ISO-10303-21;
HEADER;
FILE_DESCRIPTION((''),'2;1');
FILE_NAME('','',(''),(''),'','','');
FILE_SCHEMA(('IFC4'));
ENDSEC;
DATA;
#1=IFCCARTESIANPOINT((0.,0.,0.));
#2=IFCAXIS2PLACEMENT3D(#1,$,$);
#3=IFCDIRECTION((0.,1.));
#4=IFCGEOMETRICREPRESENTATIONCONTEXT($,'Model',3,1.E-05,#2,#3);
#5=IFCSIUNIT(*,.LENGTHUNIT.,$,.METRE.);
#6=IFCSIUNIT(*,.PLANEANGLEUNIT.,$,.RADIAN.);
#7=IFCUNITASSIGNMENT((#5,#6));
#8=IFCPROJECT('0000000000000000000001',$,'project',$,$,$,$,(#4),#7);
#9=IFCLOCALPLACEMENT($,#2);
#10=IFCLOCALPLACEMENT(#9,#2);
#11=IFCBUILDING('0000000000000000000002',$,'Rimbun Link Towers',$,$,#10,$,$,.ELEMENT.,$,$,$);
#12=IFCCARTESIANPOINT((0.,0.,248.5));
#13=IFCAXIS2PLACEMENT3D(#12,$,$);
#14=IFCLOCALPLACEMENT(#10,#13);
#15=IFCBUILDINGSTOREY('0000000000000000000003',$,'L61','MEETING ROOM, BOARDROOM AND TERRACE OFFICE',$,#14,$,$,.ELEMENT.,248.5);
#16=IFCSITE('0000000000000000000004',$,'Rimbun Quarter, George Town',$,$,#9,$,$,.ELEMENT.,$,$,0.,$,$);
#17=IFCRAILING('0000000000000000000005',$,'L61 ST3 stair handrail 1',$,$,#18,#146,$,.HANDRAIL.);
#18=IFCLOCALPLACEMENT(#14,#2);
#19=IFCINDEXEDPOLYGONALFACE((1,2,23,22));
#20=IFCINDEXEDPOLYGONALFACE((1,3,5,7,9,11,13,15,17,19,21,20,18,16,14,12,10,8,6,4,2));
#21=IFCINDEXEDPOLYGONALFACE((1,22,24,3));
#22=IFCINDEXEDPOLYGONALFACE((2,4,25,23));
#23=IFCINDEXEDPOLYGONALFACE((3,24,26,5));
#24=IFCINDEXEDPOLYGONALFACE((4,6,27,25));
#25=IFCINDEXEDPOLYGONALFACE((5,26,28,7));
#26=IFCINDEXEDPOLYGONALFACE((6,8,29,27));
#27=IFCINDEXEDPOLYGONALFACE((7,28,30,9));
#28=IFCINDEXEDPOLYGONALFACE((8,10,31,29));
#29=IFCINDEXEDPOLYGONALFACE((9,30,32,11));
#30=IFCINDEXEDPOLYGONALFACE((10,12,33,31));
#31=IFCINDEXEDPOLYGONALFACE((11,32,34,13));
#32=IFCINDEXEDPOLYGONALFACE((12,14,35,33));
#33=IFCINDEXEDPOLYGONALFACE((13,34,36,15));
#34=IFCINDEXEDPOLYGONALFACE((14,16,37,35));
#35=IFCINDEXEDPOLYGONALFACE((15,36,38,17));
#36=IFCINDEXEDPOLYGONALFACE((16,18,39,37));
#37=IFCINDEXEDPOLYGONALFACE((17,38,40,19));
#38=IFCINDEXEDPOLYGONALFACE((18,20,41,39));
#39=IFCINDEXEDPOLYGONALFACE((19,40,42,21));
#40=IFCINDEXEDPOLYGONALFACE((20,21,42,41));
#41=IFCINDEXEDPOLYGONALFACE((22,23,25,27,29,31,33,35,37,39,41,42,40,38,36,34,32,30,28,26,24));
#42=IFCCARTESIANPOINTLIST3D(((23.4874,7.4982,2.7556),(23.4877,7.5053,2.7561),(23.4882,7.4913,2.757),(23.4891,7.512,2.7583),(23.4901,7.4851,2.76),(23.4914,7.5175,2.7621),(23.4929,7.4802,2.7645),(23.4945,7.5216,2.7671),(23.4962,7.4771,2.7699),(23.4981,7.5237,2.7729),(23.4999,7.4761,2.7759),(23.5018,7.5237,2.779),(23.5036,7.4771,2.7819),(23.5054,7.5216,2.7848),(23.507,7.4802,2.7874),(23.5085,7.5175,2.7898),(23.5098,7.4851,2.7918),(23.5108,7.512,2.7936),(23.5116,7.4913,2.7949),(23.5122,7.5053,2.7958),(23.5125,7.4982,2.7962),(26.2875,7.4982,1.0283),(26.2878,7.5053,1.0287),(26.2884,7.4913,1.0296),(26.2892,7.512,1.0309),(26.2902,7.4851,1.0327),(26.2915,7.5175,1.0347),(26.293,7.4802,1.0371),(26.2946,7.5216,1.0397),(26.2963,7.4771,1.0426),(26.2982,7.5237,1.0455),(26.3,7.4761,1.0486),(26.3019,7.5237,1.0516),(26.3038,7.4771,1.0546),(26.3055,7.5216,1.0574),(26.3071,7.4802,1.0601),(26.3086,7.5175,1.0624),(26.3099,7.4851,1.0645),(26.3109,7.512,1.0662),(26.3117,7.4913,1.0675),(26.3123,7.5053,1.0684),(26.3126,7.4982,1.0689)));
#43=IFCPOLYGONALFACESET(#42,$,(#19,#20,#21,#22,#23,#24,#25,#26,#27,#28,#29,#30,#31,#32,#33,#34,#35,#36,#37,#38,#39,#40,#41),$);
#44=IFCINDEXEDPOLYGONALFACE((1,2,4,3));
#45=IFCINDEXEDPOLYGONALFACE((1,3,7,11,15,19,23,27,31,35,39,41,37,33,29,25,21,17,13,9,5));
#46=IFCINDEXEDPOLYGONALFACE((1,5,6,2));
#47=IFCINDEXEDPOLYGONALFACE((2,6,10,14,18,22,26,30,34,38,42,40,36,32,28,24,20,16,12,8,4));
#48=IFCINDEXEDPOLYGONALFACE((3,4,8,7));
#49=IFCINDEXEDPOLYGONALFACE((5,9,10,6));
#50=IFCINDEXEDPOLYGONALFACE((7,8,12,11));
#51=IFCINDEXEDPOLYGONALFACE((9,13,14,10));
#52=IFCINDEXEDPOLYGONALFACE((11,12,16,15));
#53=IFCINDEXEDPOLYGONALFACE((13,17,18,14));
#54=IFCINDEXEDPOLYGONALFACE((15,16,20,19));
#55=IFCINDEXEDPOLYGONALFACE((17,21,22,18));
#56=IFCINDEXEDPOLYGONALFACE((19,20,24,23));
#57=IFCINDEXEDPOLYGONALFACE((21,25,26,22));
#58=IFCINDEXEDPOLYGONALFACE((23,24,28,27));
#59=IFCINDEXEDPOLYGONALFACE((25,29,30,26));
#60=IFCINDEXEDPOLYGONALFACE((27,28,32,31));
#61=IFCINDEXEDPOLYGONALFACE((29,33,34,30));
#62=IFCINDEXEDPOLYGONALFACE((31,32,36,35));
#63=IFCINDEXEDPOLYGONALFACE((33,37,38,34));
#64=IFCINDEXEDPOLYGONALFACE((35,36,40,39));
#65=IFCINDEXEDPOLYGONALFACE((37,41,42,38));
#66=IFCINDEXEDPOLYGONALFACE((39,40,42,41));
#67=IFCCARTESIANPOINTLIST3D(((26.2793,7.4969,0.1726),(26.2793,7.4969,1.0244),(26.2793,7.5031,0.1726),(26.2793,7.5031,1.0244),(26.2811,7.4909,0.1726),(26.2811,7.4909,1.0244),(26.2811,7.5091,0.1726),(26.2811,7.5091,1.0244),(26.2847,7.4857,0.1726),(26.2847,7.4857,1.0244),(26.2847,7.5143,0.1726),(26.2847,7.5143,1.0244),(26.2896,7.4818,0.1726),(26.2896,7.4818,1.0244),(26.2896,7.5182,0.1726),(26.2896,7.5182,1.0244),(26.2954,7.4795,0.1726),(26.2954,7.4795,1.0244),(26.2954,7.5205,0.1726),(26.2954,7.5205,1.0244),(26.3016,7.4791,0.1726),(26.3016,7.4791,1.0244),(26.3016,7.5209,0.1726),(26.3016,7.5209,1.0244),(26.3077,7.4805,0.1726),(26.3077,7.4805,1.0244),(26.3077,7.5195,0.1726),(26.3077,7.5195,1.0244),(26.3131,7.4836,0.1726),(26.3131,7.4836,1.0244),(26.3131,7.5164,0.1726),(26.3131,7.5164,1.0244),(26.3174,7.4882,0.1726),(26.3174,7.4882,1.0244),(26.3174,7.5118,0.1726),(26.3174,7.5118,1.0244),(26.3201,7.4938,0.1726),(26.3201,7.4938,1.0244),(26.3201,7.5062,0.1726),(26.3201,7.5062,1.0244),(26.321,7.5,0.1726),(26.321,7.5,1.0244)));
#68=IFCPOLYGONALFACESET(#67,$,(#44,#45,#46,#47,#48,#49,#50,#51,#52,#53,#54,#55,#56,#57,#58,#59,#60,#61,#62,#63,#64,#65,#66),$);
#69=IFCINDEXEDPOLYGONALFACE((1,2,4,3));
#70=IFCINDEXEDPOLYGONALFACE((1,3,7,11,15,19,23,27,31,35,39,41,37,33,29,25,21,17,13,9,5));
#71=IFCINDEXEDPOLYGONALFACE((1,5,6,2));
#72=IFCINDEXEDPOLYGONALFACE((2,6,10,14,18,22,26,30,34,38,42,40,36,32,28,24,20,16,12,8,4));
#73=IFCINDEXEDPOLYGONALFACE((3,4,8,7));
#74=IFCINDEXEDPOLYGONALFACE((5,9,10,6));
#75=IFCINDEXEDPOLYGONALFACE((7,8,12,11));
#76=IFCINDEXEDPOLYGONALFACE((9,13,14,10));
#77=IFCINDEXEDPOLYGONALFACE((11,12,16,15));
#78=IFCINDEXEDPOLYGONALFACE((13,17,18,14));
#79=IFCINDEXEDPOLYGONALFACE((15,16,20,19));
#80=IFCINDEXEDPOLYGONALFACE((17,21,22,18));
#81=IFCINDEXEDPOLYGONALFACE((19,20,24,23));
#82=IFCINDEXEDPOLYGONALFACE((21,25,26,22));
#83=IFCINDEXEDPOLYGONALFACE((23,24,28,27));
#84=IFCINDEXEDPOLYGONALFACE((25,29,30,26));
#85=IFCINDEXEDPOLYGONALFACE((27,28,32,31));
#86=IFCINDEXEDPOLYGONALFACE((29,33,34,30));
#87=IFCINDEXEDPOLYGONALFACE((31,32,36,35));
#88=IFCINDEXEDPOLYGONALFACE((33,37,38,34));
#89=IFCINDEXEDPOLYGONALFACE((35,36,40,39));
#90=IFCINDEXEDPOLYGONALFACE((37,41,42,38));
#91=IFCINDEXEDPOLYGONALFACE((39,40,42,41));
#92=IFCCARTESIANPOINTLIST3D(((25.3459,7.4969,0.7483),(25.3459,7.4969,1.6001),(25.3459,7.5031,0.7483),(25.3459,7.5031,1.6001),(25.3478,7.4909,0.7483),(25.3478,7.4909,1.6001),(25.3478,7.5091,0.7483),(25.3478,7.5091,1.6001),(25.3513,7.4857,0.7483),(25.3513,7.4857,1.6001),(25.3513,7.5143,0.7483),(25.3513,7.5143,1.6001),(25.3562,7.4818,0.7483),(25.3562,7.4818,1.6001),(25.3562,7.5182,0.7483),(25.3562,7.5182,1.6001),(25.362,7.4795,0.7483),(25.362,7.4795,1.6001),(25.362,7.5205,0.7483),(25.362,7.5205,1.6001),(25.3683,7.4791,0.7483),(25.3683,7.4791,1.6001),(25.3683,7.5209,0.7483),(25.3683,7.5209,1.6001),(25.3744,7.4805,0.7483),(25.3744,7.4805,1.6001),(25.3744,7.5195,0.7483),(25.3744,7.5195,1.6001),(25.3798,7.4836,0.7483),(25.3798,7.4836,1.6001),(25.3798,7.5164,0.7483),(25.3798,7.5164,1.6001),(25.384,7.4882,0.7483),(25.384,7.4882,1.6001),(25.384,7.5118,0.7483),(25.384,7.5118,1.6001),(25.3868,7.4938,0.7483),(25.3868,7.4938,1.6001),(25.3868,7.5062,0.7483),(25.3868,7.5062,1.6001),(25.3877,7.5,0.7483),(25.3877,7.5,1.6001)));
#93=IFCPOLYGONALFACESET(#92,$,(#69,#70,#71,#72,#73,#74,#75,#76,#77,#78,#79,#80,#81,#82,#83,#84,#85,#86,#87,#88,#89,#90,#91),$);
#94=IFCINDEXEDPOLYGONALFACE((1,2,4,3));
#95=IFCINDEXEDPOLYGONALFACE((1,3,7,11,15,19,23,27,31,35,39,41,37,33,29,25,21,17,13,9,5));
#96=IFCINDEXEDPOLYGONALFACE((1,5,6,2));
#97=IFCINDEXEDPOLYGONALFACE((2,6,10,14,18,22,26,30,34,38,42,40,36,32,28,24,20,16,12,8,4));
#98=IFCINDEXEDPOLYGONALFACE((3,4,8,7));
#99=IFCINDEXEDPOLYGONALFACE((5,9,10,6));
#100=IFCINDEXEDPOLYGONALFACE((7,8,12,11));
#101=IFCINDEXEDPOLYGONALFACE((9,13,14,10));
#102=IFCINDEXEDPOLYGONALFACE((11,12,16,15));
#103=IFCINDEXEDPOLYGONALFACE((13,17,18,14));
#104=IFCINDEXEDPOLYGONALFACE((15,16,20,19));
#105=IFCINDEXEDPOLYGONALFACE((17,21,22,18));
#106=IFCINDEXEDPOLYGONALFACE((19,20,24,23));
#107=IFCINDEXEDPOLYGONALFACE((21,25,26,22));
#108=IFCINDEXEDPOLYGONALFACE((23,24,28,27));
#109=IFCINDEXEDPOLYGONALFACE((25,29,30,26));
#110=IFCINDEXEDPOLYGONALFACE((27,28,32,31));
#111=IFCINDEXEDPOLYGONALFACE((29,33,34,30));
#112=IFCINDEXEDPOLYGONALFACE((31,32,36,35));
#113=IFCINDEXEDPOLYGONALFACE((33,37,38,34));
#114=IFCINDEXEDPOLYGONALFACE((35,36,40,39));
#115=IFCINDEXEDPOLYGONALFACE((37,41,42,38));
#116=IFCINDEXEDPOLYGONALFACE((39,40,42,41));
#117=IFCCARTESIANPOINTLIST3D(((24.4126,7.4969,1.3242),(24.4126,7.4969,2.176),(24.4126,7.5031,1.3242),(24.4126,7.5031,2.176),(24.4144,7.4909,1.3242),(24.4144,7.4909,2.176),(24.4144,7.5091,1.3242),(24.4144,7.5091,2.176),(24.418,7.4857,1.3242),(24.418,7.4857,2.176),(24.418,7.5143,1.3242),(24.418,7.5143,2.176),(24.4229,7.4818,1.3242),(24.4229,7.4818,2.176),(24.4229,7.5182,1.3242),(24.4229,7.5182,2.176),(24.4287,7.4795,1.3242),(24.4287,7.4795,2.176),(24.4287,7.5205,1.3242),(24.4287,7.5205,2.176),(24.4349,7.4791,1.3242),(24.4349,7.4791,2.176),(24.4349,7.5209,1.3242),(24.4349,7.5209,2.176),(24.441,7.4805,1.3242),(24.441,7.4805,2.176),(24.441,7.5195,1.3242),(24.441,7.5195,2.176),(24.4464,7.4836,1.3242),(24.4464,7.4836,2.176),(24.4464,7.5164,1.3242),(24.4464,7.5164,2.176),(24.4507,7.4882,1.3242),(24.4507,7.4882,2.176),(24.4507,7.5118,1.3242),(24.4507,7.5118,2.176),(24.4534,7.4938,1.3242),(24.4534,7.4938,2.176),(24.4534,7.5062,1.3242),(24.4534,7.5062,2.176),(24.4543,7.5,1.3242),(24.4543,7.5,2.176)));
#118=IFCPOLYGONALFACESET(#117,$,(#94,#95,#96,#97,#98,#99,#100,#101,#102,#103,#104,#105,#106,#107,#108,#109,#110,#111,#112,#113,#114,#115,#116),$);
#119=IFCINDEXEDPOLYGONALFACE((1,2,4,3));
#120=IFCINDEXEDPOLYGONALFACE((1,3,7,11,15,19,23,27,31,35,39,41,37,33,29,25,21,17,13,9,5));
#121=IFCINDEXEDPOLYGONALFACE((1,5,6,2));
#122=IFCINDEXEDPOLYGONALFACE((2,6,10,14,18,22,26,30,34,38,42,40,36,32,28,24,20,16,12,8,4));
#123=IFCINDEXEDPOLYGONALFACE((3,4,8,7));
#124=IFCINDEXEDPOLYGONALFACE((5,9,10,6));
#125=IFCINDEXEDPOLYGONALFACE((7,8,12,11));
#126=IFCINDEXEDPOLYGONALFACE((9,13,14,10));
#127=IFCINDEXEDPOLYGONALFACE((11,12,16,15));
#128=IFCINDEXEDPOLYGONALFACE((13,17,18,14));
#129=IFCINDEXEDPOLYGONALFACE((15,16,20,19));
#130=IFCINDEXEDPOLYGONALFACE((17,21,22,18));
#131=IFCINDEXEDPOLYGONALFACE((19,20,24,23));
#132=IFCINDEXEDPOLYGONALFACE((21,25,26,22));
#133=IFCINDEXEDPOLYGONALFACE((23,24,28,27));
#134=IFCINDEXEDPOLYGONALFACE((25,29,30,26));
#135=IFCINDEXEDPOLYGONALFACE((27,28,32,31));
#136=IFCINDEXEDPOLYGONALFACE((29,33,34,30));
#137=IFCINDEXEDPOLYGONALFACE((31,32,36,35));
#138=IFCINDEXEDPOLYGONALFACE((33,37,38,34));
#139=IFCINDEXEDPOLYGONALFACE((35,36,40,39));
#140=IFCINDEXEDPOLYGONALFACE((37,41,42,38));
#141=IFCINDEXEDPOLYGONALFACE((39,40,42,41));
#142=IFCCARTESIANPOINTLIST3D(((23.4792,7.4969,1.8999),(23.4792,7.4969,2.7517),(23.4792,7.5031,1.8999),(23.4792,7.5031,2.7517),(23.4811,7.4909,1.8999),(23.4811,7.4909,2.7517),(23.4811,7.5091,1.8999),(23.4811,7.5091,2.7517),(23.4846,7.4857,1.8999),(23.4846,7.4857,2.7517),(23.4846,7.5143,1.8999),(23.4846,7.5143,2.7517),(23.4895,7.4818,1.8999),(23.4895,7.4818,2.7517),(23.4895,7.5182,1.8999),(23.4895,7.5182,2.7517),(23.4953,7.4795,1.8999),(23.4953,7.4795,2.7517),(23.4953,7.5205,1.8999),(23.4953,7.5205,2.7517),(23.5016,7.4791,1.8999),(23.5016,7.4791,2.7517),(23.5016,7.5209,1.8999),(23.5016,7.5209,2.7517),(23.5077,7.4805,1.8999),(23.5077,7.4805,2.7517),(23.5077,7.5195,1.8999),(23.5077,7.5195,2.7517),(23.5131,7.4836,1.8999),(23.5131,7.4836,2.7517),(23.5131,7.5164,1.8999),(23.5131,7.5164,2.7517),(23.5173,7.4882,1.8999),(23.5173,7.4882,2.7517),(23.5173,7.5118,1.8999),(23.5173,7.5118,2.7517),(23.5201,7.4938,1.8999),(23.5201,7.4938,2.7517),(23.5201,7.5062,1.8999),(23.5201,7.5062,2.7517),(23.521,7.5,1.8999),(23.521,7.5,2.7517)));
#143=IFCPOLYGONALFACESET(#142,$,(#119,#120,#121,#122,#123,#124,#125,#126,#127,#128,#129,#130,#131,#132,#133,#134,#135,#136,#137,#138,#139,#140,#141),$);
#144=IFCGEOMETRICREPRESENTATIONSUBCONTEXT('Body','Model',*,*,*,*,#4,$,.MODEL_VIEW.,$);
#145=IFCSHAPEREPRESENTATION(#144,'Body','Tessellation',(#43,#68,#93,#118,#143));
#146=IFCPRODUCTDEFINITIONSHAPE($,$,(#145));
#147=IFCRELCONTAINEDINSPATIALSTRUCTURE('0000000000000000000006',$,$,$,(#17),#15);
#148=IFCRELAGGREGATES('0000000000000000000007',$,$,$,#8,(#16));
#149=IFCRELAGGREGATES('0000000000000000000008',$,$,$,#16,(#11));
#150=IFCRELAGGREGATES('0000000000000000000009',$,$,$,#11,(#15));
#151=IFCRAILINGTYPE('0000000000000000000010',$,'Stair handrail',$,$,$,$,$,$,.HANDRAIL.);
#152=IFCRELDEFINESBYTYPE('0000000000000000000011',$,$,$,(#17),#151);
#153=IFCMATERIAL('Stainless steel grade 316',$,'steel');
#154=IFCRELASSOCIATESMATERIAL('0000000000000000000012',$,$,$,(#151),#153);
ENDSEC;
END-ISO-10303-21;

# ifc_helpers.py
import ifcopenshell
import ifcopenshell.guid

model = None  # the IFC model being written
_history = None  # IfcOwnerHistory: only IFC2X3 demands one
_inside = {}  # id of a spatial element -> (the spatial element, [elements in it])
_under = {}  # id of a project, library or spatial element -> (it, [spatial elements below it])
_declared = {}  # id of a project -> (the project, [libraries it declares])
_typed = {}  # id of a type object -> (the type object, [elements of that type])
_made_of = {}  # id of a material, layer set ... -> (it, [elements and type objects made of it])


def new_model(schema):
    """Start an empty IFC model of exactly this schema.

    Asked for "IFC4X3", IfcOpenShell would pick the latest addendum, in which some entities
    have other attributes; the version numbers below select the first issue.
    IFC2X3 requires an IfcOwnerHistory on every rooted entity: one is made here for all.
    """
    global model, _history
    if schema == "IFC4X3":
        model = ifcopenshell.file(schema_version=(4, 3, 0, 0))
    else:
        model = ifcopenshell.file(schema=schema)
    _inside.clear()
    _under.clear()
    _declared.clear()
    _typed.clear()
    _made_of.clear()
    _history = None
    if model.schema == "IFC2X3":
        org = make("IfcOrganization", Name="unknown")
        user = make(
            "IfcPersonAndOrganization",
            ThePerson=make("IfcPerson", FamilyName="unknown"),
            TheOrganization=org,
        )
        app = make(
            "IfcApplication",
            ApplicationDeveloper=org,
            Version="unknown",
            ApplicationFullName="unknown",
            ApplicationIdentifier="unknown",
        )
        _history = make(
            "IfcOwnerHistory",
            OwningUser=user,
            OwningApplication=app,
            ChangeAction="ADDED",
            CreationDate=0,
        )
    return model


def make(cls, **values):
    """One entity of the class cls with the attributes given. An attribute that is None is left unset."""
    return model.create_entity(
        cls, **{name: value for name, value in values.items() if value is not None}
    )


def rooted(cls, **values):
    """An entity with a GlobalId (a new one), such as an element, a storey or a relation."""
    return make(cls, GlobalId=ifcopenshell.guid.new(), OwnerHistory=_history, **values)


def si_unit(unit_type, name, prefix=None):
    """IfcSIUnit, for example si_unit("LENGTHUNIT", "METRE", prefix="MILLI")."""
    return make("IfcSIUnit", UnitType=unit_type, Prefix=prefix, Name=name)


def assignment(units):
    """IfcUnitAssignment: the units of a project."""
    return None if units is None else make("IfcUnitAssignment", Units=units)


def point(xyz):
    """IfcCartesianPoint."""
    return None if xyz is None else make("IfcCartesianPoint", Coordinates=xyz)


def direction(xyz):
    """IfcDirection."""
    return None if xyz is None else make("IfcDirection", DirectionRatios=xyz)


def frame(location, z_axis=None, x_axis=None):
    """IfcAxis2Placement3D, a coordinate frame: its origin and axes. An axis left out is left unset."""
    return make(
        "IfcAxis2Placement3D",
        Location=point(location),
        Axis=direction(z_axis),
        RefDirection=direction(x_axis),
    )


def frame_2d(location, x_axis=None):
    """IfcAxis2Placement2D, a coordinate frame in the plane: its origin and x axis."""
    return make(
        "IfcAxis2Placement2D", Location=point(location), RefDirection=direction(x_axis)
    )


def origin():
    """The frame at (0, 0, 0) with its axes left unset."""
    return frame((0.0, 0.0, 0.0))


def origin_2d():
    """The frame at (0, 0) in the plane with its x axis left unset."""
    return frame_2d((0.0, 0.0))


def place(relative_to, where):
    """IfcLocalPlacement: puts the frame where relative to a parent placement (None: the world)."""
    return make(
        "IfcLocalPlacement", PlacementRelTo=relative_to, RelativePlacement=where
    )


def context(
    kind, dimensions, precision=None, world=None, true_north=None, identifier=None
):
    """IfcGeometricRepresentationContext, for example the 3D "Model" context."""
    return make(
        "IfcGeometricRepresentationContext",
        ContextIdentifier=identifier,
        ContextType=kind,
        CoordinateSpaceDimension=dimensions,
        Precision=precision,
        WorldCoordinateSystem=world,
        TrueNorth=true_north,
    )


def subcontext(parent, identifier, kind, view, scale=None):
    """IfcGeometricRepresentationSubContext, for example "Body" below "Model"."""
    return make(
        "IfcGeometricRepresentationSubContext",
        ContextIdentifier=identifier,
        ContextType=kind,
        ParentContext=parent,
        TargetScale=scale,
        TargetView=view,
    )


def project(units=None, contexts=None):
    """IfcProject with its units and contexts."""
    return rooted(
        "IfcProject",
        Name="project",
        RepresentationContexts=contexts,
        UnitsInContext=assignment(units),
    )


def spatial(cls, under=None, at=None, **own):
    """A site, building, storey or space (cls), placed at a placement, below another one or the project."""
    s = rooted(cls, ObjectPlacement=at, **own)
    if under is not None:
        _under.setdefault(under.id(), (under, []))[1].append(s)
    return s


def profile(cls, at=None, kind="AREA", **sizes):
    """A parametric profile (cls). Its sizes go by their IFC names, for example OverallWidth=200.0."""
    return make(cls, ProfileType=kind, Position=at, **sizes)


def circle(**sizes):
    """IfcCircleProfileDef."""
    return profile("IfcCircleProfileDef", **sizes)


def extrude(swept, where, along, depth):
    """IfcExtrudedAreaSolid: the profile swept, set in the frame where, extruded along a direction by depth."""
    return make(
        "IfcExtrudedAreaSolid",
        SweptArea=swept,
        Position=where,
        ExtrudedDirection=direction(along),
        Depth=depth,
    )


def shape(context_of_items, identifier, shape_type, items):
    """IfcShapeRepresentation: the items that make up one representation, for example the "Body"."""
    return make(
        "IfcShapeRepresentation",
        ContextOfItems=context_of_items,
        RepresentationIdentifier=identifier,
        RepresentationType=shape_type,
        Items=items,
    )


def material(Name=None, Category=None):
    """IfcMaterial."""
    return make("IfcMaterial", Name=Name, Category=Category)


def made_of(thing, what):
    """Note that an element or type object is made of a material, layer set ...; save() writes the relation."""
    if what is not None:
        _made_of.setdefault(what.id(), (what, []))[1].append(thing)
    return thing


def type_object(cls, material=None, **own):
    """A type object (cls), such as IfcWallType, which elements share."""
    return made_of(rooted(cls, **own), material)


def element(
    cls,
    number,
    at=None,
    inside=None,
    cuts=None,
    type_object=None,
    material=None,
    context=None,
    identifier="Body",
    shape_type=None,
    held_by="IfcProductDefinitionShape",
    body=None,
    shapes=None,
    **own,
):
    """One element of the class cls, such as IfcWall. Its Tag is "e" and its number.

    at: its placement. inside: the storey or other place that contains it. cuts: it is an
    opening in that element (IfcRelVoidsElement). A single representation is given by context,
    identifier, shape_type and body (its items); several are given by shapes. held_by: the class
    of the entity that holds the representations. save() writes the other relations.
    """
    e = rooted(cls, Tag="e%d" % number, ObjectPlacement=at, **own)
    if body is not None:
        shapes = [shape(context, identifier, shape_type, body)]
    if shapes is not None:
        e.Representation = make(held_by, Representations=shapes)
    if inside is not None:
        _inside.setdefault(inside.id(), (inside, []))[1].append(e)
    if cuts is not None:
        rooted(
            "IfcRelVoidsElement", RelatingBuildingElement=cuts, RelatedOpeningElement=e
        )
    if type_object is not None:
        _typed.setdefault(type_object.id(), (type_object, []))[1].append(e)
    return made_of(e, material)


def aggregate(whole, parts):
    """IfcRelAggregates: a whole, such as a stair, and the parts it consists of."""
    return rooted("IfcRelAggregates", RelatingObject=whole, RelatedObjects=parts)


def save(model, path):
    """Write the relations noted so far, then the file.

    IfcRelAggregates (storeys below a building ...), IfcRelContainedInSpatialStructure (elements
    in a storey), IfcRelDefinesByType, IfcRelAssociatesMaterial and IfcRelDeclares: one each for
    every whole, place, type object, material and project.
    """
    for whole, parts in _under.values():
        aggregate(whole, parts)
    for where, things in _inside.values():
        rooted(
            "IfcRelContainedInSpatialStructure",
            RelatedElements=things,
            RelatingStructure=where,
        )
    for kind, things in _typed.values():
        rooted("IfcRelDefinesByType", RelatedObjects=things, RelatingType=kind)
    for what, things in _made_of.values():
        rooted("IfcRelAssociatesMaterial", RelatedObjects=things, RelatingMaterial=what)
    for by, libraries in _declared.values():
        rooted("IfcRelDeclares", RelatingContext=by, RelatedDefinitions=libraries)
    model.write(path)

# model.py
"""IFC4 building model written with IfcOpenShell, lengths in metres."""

from ifc_helpers import new_model, si_unit, direction, frame, origin, origin_2d, place, context, subcontext, project, spatial, circle, extrude, material, type_object, element, save


model = new_model("IFC4")

# Units and contexts
model_context = context("Model", 3, precision=1e-05, world=origin(), true_north=direction((0.0, 1.0)))
body_context = subcontext(model_context, "Body", "Model", "MODEL_VIEW")
ifc_project = project(units=[si_unit("LENGTHUNIT", "METRE"), si_unit("PLANEANGLEUNIT", "RADIAN")], contexts=[model_context])

# Site, building, storey
site_placement = place(None, origin())
site = spatial("IfcSite", under=ifc_project, at=site_placement, Name="Rimbun Quarter, George Town", CompositionType="ELEMENT", RefElevation=0.0)
building_placement = place(site_placement, origin())
building = spatial("IfcBuilding", under=site, at=building_placement, Name="Rimbun Link Towers", CompositionType="ELEMENT")
storey_placement = place(building_placement, frame((0.0, 0.0, 248.5)))
storey = spatial("IfcBuildingStorey", under=building, at=storey_placement, Name="L61", Description="MEETING ROOM, BOARDROOM AND TERRACE OFFICE", CompositionType="ELEMENT", Elevation=248.5)

# Railing
ifc_material_1 = material(Name="Stainless steel grade 316", Category="steel")
railing_type_1 = type_object("IfcRailingType", Name="Stair handrail", PredefinedType="HANDRAIL", material=ifc_material_1)
railing_1_placement = place(storey_placement, frame((26.3, 7.5, 0.1726)))
element("IfcRailing", 1, at=railing_1_placement, inside=storey, type_object=railing_type_1, Name="L61 ST3 stair handrail 1", PredefinedType="HANDRAIL", context=body_context, shape_type="SweptSolid", body=[
    extrude(circle(Radius=0.0239, at=origin_2d()), frame((0.0, 0.0, 0.876), z_axis=(-0.85109, 0.0, 0.52502), x_axis=(0.0, -1.0, 0.0)), (0.0, 0.0, 1.0), 3.29),
    extrude(circle(Radius=0.021, at=origin_2d()), origin(), (0.0, 0.0, 1.0), 0.8518),
    extrude(circle(Radius=0.021, at=origin_2d()), frame((-0.9333, 0.0, 0.5757)), (0.0, 0.0, 1.0), 0.8518),
    extrude(circle(Radius=0.021, at=origin_2d()), frame((-1.8667, 0.0, 1.1516)), (0.0, 0.0, 1.0), 0.8518),
    extrude(circle(Radius=0.021, at=origin_2d()), frame((-2.8, 0.0, 1.7273)), (0.0, 0.0, 1.0), 0.8518),
])

save(model, "model.ifc")
